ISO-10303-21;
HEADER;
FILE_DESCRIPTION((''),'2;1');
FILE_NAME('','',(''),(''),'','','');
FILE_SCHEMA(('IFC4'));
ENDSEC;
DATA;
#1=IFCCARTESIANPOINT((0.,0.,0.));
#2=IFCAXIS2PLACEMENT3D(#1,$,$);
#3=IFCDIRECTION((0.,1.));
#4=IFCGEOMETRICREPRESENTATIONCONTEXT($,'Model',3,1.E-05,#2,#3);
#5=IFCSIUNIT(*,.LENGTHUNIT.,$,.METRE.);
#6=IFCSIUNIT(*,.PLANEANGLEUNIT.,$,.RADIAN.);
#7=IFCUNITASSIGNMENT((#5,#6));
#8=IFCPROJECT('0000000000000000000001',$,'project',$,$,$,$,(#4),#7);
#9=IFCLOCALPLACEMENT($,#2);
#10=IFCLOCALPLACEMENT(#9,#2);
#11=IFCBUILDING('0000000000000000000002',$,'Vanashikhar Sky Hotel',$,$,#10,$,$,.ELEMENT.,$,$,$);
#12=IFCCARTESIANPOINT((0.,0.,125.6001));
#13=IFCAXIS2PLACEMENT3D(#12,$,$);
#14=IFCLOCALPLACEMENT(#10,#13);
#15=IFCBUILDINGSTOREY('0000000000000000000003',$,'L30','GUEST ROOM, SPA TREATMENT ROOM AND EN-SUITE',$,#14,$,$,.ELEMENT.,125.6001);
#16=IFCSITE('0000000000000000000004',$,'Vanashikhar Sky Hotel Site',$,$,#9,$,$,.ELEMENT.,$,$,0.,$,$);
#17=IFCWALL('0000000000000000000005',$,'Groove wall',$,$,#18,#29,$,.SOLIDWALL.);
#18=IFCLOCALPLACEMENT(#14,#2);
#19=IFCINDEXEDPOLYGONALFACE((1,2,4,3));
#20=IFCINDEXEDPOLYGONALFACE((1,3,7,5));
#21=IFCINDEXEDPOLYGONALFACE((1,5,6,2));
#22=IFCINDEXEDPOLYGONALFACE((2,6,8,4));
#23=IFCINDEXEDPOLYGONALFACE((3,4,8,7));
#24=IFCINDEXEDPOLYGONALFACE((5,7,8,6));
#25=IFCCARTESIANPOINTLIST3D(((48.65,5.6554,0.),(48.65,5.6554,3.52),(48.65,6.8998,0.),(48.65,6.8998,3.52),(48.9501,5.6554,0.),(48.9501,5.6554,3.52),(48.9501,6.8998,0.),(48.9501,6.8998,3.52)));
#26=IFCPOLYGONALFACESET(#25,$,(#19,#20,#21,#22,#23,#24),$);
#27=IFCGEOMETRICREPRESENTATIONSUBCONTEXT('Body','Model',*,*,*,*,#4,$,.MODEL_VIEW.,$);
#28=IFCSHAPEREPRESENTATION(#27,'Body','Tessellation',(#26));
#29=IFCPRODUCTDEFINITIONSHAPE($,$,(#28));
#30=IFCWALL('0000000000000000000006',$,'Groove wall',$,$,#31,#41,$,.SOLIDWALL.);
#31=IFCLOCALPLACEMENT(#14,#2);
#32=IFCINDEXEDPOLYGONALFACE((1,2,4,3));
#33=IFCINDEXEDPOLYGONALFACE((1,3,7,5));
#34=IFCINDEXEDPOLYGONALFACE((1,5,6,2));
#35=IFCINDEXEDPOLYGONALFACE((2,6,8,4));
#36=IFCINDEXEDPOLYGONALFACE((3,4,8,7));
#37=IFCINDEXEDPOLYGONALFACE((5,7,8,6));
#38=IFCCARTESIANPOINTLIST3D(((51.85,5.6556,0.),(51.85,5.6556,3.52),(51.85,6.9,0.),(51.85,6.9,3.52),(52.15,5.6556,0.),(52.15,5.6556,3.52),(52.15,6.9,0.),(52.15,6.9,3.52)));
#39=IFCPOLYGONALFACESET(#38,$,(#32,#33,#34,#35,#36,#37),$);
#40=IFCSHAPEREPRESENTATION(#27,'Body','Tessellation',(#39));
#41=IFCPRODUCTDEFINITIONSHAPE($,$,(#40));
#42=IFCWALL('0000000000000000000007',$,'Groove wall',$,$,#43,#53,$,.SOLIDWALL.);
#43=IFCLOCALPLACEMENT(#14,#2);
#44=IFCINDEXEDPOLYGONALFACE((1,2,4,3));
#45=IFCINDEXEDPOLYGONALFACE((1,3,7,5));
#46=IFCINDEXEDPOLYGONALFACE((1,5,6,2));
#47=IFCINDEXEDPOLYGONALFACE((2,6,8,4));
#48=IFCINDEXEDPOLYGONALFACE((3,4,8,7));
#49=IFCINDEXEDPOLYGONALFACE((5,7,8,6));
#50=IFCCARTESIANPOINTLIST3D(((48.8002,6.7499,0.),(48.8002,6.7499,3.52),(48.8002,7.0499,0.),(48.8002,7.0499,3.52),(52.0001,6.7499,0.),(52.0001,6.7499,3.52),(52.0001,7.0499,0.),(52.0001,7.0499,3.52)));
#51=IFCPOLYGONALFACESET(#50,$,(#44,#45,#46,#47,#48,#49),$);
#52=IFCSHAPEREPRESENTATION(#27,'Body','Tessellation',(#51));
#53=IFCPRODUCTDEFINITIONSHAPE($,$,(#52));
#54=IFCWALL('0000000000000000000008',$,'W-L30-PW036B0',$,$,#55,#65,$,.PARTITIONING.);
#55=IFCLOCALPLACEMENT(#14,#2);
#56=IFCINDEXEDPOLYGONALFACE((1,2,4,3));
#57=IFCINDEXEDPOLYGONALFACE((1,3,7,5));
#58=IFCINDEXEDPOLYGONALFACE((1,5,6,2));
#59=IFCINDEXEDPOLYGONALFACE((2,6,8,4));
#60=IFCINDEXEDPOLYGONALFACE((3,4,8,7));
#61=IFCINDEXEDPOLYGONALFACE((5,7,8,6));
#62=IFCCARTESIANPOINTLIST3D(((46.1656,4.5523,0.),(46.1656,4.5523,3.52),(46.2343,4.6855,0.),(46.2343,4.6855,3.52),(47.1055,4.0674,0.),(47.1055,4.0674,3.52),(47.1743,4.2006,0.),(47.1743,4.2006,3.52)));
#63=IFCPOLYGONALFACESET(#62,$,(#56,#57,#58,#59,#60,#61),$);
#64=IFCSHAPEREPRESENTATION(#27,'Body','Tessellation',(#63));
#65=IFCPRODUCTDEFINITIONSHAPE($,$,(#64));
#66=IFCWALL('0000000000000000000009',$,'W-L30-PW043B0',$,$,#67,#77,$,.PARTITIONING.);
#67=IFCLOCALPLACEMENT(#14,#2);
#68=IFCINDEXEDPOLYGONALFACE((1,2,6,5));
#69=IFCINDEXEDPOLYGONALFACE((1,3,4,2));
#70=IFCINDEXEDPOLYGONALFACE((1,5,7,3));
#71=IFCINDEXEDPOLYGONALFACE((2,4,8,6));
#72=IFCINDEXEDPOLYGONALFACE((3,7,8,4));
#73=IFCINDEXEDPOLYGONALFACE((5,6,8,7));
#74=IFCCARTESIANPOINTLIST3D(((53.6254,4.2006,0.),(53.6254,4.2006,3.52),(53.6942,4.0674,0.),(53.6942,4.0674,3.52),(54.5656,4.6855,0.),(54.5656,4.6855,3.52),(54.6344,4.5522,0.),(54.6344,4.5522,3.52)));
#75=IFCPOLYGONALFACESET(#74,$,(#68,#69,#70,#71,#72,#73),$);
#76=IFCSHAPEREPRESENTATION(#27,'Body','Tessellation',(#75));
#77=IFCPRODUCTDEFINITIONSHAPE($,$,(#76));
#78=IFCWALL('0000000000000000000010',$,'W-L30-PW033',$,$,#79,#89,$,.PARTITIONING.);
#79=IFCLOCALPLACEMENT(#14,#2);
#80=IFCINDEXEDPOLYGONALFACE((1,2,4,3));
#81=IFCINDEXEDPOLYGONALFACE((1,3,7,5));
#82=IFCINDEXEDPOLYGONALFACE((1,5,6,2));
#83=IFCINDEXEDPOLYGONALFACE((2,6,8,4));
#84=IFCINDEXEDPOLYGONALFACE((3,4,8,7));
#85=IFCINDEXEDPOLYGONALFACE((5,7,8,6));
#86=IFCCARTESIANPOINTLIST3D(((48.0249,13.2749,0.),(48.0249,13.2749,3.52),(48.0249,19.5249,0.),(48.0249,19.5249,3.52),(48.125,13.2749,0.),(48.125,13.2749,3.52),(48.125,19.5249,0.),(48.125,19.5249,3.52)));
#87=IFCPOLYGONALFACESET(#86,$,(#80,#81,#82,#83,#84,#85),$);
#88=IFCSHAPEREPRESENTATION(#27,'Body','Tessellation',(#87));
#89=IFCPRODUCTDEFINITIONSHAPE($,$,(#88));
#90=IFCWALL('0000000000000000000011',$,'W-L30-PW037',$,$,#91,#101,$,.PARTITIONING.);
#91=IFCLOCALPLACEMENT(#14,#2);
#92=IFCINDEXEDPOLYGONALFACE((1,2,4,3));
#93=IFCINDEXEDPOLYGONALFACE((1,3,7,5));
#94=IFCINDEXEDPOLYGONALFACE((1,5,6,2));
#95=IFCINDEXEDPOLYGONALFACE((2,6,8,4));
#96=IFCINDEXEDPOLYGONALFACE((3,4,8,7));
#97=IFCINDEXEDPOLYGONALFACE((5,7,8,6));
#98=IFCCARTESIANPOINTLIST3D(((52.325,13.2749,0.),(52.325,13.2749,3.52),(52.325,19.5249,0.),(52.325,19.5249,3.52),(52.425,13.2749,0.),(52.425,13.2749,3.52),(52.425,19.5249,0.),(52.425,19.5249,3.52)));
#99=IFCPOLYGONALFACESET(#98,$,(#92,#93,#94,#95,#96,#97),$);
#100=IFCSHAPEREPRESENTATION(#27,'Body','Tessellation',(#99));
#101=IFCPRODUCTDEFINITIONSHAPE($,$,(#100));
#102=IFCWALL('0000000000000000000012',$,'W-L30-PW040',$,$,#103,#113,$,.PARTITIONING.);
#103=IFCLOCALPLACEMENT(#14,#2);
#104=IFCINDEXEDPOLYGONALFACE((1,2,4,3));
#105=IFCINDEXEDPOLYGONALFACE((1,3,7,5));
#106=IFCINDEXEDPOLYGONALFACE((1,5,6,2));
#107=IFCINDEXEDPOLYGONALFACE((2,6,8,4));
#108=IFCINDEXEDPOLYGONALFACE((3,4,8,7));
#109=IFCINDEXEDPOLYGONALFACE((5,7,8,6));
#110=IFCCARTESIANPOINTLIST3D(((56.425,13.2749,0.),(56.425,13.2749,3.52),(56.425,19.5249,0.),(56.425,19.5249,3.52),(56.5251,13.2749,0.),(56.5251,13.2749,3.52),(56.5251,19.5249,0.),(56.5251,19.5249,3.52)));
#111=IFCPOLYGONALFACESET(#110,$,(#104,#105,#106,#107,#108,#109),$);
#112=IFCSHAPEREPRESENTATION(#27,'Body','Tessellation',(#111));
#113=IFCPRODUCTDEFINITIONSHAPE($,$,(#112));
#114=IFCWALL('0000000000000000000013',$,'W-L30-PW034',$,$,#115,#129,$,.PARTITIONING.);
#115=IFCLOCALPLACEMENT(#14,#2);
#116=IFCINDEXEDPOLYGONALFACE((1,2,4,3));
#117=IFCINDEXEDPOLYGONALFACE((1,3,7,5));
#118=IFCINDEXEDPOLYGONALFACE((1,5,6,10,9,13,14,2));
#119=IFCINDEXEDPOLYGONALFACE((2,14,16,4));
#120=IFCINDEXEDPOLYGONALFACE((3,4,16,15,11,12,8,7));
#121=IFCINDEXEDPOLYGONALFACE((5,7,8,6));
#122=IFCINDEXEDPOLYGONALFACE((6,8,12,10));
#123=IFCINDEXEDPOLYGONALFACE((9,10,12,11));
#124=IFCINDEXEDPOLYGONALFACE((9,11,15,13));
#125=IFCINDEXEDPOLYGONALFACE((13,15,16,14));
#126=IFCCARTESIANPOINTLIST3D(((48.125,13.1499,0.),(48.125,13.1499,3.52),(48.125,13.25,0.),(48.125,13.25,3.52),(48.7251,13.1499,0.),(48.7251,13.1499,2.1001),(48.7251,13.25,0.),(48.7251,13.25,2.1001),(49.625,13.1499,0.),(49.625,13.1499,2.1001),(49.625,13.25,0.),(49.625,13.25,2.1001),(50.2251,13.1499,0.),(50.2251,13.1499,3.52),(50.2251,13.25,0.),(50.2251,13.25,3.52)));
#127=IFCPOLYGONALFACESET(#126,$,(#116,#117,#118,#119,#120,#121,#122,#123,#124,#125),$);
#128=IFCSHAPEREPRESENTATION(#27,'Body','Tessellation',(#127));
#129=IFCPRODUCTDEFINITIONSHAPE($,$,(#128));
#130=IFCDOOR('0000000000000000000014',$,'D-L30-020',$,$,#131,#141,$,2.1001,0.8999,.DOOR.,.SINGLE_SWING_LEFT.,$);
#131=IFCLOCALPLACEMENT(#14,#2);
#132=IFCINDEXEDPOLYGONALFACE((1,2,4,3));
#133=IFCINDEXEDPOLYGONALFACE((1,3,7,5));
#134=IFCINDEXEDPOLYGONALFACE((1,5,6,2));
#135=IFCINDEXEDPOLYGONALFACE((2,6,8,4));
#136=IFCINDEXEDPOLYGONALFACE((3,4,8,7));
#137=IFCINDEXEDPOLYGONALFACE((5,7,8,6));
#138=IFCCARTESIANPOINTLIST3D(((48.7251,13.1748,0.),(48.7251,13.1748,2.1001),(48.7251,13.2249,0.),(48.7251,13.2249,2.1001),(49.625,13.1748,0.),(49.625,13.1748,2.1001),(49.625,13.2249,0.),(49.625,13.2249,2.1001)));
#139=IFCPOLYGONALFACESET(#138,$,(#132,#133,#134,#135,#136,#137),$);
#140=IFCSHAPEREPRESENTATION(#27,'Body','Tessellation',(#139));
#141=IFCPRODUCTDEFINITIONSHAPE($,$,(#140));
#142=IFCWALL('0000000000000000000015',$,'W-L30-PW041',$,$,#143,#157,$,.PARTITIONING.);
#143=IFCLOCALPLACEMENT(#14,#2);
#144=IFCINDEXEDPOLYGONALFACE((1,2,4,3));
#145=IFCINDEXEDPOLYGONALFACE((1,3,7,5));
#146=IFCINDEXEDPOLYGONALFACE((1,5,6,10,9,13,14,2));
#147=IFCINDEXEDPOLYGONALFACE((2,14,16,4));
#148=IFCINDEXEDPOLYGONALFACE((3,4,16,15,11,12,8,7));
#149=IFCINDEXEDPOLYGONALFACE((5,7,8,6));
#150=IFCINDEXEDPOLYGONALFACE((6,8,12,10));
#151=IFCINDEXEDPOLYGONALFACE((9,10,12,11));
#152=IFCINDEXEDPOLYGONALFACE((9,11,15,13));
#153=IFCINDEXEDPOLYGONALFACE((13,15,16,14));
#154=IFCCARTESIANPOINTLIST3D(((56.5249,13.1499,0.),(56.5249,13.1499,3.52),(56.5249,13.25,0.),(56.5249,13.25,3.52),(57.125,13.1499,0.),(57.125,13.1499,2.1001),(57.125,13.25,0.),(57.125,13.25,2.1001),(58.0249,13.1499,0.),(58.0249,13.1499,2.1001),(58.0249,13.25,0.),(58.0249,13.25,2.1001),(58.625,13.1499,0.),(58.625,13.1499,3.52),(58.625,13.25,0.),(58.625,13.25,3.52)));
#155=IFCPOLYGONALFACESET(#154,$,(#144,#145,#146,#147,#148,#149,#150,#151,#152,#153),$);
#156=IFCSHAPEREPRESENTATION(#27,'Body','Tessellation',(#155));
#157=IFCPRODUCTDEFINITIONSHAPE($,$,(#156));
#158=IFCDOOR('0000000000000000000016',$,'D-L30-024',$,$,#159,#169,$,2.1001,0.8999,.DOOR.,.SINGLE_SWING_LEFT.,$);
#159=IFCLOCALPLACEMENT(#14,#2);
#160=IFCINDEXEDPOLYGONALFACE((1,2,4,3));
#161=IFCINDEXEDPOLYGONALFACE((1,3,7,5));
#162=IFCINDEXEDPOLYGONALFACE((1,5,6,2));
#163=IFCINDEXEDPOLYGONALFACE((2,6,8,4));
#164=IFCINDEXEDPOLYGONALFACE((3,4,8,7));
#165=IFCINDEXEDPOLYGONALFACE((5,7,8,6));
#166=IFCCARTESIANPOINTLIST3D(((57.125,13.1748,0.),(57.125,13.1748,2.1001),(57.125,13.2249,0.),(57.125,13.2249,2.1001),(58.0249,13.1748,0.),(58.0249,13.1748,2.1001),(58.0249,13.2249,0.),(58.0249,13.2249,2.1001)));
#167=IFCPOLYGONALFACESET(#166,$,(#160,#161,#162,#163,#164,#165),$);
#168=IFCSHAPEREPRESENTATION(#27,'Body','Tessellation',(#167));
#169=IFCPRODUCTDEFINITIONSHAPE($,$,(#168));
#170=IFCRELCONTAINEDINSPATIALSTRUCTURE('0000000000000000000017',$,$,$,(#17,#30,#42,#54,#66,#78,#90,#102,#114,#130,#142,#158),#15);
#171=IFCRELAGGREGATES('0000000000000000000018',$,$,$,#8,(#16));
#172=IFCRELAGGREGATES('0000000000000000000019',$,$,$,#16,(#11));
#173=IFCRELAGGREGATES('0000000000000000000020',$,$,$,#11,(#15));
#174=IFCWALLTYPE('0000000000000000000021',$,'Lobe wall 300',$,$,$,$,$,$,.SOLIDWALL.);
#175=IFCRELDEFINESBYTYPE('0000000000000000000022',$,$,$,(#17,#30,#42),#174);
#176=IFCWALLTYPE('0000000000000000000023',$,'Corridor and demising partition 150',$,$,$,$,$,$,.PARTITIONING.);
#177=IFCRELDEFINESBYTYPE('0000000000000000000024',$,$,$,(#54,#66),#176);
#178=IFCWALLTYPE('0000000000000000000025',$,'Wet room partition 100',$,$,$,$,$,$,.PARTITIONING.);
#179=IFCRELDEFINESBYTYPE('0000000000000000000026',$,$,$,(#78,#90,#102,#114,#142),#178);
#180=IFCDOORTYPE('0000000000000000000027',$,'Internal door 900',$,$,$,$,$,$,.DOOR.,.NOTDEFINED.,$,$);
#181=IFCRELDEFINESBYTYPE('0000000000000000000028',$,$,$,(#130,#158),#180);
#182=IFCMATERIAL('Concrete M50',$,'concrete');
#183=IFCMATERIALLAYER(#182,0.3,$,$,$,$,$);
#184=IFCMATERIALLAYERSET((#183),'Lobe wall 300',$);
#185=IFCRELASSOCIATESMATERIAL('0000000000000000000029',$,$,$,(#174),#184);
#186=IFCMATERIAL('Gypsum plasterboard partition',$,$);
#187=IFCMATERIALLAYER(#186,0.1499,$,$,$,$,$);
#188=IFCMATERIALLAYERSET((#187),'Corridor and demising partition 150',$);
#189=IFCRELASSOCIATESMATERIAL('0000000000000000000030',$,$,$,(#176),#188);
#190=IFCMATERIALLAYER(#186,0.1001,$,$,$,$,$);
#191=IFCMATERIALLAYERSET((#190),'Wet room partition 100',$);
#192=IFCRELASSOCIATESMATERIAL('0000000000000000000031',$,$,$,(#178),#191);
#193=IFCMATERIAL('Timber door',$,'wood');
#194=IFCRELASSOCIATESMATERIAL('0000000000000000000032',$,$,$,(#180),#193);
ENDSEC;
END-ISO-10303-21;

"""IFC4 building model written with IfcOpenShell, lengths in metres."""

from ifc_helpers import new_model, si_unit, direction, frame, frame_2d, origin, place, context, subcontext, project, spatial, rectangle, extrude, source, transform, mapped, material, layer, layer_set, type_object, element, fill, save


model = new_model("IFC4")

# Units and contexts
model_context = context("Model", 3, precision=1e-05, world=origin(), true_north=direction((0.0, 1.0)))
body_context = subcontext(model_context, "Body", "Model", "MODEL_VIEW")
ifc_project = project(units=[si_unit("LENGTHUNIT", "METRE"), si_unit("PLANEANGLEUNIT", "RADIAN")], contexts=[model_context])

# Site, building, storey
site_placement = place(None, origin())
site = spatial("IfcSite", under=ifc_project, at=site_placement, Name="Vanashikhar Sky Hotel Site", CompositionType="ELEMENT", RefElevation=0.0)
building_placement = place(site_placement, origin())
building = spatial("IfcBuilding", under=site, at=building_placement, Name="Vanashikhar Sky Hotel", CompositionType="ELEMENT")
storey_placement = place(building_placement, frame((0.0, 0.0, 125.6001)))
storey = spatial("IfcBuildingStorey", under=building, at=storey_placement, Name="L30", Description="GUEST ROOM, SPA TREATMENT ROOM AND EN-SUITE", CompositionType="ELEMENT", Elevation=125.6001)

# Shared definitions
ifc_material_1 = material(Name="Concrete M50", Category="concrete")
ifc_layer_1 = layer(ifc_material_1, 0.3)
ifc_layer_set_1 = layer_set([ifc_layer_1], Name="Lobe wall 300")
wall_type_1 = type_object("IfcWallType", Name="Lobe wall 300", PredefinedType="SOLIDWALL", material=ifc_layer_set_1)

# Walls
shared_shape_1 = source(origin(), body_context, "Body", "SweptSolid", [
    extrude(rectangle(XDim=1.2444, YDim=0.3, at=frame_2d((0.6221, 0.0))), origin(), (0.0, 0.0, 1.0), 3.52),
])
for number, where, z_axis, x_axis, name in (
    (1, (48.8, 5.6555, 0.0), (0.0, 0.0, 1.0), (0.0, 1.0, 0.0), "Groove wall"),
    (2, (52.0, 6.8999, 0.0), (0.0, 0.0, 1.0), (0.0, -1.0, 0.0), "Groove wall"),
):
    element("IfcWall", number, at=place(storey_placement, frame(where, z_axis=z_axis, x_axis=x_axis)), inside=storey, type_object=wall_type_1, Name=name, PredefinedType="SOLIDWALL", context=body_context, shape_type="MappedRepresentation", body=[
        mapped(shared_shape_1, transform((0.0, 0.0, 0.0), scale=1.0)),
    ])
shared_shape_2 = source(origin(), body_context, "Body", "SweptSolid", [
    extrude(rectangle(XDim=3.2, YDim=0.3, at=frame_2d((1.6001, 0.0))), origin(), (0.0, 0.0, 1.0), 3.52),
])
wall_1_placement = place(storey_placement, frame((48.8, 6.8999, 0.0), z_axis=(0.0, 0.0, 1.0), x_axis=(1.0, 0.0, 0.0)))
element("IfcWall", 3, at=wall_1_placement, inside=storey, type_object=wall_type_1, Name="Groove wall", PredefinedType="SOLIDWALL", context=body_context, shape_type="MappedRepresentation", body=[
    mapped(shared_shape_2, transform((0.0, 0.0, 0.0), scale=1.0)),
])
ifc_material_2 = material(Name="Gypsum plasterboard partition")
ifc_layer_2 = layer(ifc_material_2, 0.1499)
ifc_layer_set_2 = layer_set([ifc_layer_2], Name="Corridor and demising partition 150")
wall_type_2 = type_object("IfcWallType", Name="Corridor and demising partition 150", PredefinedType="PARTITIONING", material=ifc_layer_set_2)
shared_shape_3 = source(origin(), body_context, "Body", "SweptSolid", [
    extrude(rectangle(XDim=1.0576, YDim=0.1499, at=frame_2d((0.5288, 0.0))), origin(), (0.0, 0.0, 1.0), 3.52),
])
wall_2_placement = place(storey_placement, frame((47.1399, 4.134, 0.0), z_axis=(0.0, 0.0, 1.0), x_axis=(-0.888724, 0.458443, 0.0)))
element("IfcWall", 4, at=wall_2_placement, inside=storey, type_object=wall_type_2, Name="W-L30-PW036B0", PredefinedType="PARTITIONING", context=body_context, shape_type="MappedRepresentation", body=[
    mapped(shared_shape_3, transform((0.0, 0.0, 0.0), scale=1.0)),
])
shared_shape_4 = source(origin(), body_context, "Body", "SweptSolid", [
    extrude(rectangle(XDim=1.0579, YDim=0.1499, at=frame_2d((0.5288, 0.0))), origin(), (0.0, 0.0, 1.0), 3.52),
])
wall_3_placement = place(storey_placement, frame((53.6599, 4.134, 0.0), z_axis=(0.0, 0.0, 1.0), x_axis=(0.888772, 0.458349, 0.0)))
element("IfcWall", 5, at=wall_3_placement, inside=storey, type_object=wall_type_2, Name="W-L30-PW043B0", PredefinedType="PARTITIONING", context=body_context, shape_type="MappedRepresentation", body=[
    mapped(shared_shape_4, transform((0.0, 0.0, 0.0), scale=1.0)),
])
ifc_layer_3 = layer(ifc_material_2, 0.1001)
ifc_layer_set_3 = layer_set([ifc_layer_3], Name="Wet room partition 100")
wall_type_3 = type_object("IfcWallType", Name="Wet room partition 100", PredefinedType="PARTITIONING", material=ifc_layer_set_3)
shared_shape_5 = source(origin(), body_context, "Body", "SweptSolid", [
    extrude(rectangle(XDim=6.25, YDim=0.1001, at=frame_2d((3.125, 0.0))), origin(), (0.0, 0.0, 1.0), 3.52),
])
for number, where, z_axis, x_axis, name in (
    (6, (48.075, 13.2749, 0.0), (0.0, 0.0, 1.0), (0.0, 1.0, 0.0), "W-L30-PW033"),
    (7, (52.375, 13.2749, 0.0), (0.0, 0.0, 1.0), (0.0, 1.0, 0.0), "W-L30-PW037"),
    (8, (56.4751, 13.2749, 0.0), (0.0, 0.0, 1.0), (0.0, 1.0, 0.0), "W-L30-PW040"),
):
    element("IfcWall", number, at=place(storey_placement, frame(where, z_axis=z_axis, x_axis=x_axis)), inside=storey, type_object=wall_type_3, Name=name, PredefinedType="PARTITIONING", context=body_context, shape_type="MappedRepresentation", body=[
        mapped(shared_shape_5, transform((0.0, 0.0, 0.0), scale=1.0)),
    ])

# Walls, openings, doors
shared_shape_6 = source(origin(), body_context, "Body", "SweptSolid", [
    extrude(rectangle(XDim=2.1001, YDim=0.1001, at=frame_2d((1.05, 0.0))), origin(), (0.0, 0.0, 1.0), 3.52),
])
wall_4_placement = place(storey_placement, frame((48.125, 13.2, 0.0), z_axis=(0.0, 0.0, 1.0), x_axis=(1.0, 0.0, 0.0)))
wall_4 = element("IfcWall", 9, at=wall_4_placement, inside=storey, type_object=wall_type_3, Name="W-L30-PW034", PredefinedType="PARTITIONING", context=body_context, shape_type="MappedRepresentation", body=[
    mapped(shared_shape_6, transform((0.0, 0.0, 0.0), scale=1.0)),
])
shared_shape_7 = source(origin(), body_context, "Body", "SweptSolid", [
    extrude(rectangle(XDim=0.8999, YDim=2.1001, at=frame_2d((0.45, 1.05))), frame((0.0, 0.0601, 0.0), z_axis=(0.0, -1.0, 0.0), x_axis=(1.0, 0.0, 0.0)), (0.0, 0.0, 1.0), 0.1201),
])
opening_1_placement = place(wall_4_placement, frame((0.6001, 0.0, 0.0)))
opening_1 = element("IfcOpeningElement", 10, at=opening_1_placement, cuts=wall_4, PredefinedType="OPENING", context=body_context, shape_type="MappedRepresentation", body=[
    mapped(shared_shape_7, transform((0.0, 0.0, 0.0), scale=1.0)),
])
ifc_material_3 = material(Name="Timber door", Category="wood")
door_type = type_object("IfcDoorType", Name="Internal door 900", OperationType="NOTDEFINED", PredefinedType="DOOR", material=ifc_material_3)
shared_shape_8 = source(origin(), body_context, "Body", "SweptSolid", [
    extrude(rectangle(XDim=0.8999, YDim=2.1001, at=frame_2d((0.45, 1.05))), frame((0.0, 0.0249, 0.0), z_axis=(0.0, -1.0, 0.0), x_axis=(1.0, 0.0, 0.0)), (0.0, 0.0, 1.0), 0.05),
])
door_1_placement = place(opening_1_placement, origin())
door_1 = element("IfcDoor", 11, at=door_1_placement, inside=storey, type_object=door_type, Name="D-L30-020", OperationType="SINGLE_SWING_LEFT", OverallHeight=2.1001, OverallWidth=0.8999, PredefinedType="DOOR", context=body_context, shape_type="MappedRepresentation", body=[
    mapped(shared_shape_8, transform((0.0, 0.0, 0.0), scale=1.0)),
])
fill(opening_1, door_1)
wall_5_placement = place(storey_placement, frame((56.5249, 13.2, 0.0), z_axis=(0.0, 0.0, 1.0), x_axis=(1.0, 0.0, 0.0)))
wall_5 = element("IfcWall", 12, at=wall_5_placement, inside=storey, type_object=wall_type_3, Name="W-L30-PW041", PredefinedType="PARTITIONING", context=body_context, shape_type="MappedRepresentation", body=[
    mapped(shared_shape_6, transform((0.0, 0.0, 0.0), scale=1.0)),
])
opening_2_placement = place(wall_5_placement, frame((0.6001, 0.0, 0.0)))
opening_2 = element("IfcOpeningElement", 13, at=opening_2_placement, cuts=wall_5, PredefinedType="OPENING", context=body_context, shape_type="MappedRepresentation", body=[
    mapped(shared_shape_7, transform((0.0, 0.0, 0.0), scale=1.0)),
])
door_2_placement = place(opening_2_placement, origin())
door_2 = element("IfcDoor", 14, at=door_2_placement, inside=storey, type_object=door_type, Name="D-L30-024", OperationType="SINGLE_SWING_LEFT", OverallHeight=2.1001, OverallWidth=0.8999, PredefinedType="DOOR", context=body_context, shape_type="MappedRepresentation", body=[
    mapped(shared_shape_8, transform((0.0, 0.0, 0.0), scale=1.0)),
])
fill(opening_2, door_2)

save(model, "model.ifc")
